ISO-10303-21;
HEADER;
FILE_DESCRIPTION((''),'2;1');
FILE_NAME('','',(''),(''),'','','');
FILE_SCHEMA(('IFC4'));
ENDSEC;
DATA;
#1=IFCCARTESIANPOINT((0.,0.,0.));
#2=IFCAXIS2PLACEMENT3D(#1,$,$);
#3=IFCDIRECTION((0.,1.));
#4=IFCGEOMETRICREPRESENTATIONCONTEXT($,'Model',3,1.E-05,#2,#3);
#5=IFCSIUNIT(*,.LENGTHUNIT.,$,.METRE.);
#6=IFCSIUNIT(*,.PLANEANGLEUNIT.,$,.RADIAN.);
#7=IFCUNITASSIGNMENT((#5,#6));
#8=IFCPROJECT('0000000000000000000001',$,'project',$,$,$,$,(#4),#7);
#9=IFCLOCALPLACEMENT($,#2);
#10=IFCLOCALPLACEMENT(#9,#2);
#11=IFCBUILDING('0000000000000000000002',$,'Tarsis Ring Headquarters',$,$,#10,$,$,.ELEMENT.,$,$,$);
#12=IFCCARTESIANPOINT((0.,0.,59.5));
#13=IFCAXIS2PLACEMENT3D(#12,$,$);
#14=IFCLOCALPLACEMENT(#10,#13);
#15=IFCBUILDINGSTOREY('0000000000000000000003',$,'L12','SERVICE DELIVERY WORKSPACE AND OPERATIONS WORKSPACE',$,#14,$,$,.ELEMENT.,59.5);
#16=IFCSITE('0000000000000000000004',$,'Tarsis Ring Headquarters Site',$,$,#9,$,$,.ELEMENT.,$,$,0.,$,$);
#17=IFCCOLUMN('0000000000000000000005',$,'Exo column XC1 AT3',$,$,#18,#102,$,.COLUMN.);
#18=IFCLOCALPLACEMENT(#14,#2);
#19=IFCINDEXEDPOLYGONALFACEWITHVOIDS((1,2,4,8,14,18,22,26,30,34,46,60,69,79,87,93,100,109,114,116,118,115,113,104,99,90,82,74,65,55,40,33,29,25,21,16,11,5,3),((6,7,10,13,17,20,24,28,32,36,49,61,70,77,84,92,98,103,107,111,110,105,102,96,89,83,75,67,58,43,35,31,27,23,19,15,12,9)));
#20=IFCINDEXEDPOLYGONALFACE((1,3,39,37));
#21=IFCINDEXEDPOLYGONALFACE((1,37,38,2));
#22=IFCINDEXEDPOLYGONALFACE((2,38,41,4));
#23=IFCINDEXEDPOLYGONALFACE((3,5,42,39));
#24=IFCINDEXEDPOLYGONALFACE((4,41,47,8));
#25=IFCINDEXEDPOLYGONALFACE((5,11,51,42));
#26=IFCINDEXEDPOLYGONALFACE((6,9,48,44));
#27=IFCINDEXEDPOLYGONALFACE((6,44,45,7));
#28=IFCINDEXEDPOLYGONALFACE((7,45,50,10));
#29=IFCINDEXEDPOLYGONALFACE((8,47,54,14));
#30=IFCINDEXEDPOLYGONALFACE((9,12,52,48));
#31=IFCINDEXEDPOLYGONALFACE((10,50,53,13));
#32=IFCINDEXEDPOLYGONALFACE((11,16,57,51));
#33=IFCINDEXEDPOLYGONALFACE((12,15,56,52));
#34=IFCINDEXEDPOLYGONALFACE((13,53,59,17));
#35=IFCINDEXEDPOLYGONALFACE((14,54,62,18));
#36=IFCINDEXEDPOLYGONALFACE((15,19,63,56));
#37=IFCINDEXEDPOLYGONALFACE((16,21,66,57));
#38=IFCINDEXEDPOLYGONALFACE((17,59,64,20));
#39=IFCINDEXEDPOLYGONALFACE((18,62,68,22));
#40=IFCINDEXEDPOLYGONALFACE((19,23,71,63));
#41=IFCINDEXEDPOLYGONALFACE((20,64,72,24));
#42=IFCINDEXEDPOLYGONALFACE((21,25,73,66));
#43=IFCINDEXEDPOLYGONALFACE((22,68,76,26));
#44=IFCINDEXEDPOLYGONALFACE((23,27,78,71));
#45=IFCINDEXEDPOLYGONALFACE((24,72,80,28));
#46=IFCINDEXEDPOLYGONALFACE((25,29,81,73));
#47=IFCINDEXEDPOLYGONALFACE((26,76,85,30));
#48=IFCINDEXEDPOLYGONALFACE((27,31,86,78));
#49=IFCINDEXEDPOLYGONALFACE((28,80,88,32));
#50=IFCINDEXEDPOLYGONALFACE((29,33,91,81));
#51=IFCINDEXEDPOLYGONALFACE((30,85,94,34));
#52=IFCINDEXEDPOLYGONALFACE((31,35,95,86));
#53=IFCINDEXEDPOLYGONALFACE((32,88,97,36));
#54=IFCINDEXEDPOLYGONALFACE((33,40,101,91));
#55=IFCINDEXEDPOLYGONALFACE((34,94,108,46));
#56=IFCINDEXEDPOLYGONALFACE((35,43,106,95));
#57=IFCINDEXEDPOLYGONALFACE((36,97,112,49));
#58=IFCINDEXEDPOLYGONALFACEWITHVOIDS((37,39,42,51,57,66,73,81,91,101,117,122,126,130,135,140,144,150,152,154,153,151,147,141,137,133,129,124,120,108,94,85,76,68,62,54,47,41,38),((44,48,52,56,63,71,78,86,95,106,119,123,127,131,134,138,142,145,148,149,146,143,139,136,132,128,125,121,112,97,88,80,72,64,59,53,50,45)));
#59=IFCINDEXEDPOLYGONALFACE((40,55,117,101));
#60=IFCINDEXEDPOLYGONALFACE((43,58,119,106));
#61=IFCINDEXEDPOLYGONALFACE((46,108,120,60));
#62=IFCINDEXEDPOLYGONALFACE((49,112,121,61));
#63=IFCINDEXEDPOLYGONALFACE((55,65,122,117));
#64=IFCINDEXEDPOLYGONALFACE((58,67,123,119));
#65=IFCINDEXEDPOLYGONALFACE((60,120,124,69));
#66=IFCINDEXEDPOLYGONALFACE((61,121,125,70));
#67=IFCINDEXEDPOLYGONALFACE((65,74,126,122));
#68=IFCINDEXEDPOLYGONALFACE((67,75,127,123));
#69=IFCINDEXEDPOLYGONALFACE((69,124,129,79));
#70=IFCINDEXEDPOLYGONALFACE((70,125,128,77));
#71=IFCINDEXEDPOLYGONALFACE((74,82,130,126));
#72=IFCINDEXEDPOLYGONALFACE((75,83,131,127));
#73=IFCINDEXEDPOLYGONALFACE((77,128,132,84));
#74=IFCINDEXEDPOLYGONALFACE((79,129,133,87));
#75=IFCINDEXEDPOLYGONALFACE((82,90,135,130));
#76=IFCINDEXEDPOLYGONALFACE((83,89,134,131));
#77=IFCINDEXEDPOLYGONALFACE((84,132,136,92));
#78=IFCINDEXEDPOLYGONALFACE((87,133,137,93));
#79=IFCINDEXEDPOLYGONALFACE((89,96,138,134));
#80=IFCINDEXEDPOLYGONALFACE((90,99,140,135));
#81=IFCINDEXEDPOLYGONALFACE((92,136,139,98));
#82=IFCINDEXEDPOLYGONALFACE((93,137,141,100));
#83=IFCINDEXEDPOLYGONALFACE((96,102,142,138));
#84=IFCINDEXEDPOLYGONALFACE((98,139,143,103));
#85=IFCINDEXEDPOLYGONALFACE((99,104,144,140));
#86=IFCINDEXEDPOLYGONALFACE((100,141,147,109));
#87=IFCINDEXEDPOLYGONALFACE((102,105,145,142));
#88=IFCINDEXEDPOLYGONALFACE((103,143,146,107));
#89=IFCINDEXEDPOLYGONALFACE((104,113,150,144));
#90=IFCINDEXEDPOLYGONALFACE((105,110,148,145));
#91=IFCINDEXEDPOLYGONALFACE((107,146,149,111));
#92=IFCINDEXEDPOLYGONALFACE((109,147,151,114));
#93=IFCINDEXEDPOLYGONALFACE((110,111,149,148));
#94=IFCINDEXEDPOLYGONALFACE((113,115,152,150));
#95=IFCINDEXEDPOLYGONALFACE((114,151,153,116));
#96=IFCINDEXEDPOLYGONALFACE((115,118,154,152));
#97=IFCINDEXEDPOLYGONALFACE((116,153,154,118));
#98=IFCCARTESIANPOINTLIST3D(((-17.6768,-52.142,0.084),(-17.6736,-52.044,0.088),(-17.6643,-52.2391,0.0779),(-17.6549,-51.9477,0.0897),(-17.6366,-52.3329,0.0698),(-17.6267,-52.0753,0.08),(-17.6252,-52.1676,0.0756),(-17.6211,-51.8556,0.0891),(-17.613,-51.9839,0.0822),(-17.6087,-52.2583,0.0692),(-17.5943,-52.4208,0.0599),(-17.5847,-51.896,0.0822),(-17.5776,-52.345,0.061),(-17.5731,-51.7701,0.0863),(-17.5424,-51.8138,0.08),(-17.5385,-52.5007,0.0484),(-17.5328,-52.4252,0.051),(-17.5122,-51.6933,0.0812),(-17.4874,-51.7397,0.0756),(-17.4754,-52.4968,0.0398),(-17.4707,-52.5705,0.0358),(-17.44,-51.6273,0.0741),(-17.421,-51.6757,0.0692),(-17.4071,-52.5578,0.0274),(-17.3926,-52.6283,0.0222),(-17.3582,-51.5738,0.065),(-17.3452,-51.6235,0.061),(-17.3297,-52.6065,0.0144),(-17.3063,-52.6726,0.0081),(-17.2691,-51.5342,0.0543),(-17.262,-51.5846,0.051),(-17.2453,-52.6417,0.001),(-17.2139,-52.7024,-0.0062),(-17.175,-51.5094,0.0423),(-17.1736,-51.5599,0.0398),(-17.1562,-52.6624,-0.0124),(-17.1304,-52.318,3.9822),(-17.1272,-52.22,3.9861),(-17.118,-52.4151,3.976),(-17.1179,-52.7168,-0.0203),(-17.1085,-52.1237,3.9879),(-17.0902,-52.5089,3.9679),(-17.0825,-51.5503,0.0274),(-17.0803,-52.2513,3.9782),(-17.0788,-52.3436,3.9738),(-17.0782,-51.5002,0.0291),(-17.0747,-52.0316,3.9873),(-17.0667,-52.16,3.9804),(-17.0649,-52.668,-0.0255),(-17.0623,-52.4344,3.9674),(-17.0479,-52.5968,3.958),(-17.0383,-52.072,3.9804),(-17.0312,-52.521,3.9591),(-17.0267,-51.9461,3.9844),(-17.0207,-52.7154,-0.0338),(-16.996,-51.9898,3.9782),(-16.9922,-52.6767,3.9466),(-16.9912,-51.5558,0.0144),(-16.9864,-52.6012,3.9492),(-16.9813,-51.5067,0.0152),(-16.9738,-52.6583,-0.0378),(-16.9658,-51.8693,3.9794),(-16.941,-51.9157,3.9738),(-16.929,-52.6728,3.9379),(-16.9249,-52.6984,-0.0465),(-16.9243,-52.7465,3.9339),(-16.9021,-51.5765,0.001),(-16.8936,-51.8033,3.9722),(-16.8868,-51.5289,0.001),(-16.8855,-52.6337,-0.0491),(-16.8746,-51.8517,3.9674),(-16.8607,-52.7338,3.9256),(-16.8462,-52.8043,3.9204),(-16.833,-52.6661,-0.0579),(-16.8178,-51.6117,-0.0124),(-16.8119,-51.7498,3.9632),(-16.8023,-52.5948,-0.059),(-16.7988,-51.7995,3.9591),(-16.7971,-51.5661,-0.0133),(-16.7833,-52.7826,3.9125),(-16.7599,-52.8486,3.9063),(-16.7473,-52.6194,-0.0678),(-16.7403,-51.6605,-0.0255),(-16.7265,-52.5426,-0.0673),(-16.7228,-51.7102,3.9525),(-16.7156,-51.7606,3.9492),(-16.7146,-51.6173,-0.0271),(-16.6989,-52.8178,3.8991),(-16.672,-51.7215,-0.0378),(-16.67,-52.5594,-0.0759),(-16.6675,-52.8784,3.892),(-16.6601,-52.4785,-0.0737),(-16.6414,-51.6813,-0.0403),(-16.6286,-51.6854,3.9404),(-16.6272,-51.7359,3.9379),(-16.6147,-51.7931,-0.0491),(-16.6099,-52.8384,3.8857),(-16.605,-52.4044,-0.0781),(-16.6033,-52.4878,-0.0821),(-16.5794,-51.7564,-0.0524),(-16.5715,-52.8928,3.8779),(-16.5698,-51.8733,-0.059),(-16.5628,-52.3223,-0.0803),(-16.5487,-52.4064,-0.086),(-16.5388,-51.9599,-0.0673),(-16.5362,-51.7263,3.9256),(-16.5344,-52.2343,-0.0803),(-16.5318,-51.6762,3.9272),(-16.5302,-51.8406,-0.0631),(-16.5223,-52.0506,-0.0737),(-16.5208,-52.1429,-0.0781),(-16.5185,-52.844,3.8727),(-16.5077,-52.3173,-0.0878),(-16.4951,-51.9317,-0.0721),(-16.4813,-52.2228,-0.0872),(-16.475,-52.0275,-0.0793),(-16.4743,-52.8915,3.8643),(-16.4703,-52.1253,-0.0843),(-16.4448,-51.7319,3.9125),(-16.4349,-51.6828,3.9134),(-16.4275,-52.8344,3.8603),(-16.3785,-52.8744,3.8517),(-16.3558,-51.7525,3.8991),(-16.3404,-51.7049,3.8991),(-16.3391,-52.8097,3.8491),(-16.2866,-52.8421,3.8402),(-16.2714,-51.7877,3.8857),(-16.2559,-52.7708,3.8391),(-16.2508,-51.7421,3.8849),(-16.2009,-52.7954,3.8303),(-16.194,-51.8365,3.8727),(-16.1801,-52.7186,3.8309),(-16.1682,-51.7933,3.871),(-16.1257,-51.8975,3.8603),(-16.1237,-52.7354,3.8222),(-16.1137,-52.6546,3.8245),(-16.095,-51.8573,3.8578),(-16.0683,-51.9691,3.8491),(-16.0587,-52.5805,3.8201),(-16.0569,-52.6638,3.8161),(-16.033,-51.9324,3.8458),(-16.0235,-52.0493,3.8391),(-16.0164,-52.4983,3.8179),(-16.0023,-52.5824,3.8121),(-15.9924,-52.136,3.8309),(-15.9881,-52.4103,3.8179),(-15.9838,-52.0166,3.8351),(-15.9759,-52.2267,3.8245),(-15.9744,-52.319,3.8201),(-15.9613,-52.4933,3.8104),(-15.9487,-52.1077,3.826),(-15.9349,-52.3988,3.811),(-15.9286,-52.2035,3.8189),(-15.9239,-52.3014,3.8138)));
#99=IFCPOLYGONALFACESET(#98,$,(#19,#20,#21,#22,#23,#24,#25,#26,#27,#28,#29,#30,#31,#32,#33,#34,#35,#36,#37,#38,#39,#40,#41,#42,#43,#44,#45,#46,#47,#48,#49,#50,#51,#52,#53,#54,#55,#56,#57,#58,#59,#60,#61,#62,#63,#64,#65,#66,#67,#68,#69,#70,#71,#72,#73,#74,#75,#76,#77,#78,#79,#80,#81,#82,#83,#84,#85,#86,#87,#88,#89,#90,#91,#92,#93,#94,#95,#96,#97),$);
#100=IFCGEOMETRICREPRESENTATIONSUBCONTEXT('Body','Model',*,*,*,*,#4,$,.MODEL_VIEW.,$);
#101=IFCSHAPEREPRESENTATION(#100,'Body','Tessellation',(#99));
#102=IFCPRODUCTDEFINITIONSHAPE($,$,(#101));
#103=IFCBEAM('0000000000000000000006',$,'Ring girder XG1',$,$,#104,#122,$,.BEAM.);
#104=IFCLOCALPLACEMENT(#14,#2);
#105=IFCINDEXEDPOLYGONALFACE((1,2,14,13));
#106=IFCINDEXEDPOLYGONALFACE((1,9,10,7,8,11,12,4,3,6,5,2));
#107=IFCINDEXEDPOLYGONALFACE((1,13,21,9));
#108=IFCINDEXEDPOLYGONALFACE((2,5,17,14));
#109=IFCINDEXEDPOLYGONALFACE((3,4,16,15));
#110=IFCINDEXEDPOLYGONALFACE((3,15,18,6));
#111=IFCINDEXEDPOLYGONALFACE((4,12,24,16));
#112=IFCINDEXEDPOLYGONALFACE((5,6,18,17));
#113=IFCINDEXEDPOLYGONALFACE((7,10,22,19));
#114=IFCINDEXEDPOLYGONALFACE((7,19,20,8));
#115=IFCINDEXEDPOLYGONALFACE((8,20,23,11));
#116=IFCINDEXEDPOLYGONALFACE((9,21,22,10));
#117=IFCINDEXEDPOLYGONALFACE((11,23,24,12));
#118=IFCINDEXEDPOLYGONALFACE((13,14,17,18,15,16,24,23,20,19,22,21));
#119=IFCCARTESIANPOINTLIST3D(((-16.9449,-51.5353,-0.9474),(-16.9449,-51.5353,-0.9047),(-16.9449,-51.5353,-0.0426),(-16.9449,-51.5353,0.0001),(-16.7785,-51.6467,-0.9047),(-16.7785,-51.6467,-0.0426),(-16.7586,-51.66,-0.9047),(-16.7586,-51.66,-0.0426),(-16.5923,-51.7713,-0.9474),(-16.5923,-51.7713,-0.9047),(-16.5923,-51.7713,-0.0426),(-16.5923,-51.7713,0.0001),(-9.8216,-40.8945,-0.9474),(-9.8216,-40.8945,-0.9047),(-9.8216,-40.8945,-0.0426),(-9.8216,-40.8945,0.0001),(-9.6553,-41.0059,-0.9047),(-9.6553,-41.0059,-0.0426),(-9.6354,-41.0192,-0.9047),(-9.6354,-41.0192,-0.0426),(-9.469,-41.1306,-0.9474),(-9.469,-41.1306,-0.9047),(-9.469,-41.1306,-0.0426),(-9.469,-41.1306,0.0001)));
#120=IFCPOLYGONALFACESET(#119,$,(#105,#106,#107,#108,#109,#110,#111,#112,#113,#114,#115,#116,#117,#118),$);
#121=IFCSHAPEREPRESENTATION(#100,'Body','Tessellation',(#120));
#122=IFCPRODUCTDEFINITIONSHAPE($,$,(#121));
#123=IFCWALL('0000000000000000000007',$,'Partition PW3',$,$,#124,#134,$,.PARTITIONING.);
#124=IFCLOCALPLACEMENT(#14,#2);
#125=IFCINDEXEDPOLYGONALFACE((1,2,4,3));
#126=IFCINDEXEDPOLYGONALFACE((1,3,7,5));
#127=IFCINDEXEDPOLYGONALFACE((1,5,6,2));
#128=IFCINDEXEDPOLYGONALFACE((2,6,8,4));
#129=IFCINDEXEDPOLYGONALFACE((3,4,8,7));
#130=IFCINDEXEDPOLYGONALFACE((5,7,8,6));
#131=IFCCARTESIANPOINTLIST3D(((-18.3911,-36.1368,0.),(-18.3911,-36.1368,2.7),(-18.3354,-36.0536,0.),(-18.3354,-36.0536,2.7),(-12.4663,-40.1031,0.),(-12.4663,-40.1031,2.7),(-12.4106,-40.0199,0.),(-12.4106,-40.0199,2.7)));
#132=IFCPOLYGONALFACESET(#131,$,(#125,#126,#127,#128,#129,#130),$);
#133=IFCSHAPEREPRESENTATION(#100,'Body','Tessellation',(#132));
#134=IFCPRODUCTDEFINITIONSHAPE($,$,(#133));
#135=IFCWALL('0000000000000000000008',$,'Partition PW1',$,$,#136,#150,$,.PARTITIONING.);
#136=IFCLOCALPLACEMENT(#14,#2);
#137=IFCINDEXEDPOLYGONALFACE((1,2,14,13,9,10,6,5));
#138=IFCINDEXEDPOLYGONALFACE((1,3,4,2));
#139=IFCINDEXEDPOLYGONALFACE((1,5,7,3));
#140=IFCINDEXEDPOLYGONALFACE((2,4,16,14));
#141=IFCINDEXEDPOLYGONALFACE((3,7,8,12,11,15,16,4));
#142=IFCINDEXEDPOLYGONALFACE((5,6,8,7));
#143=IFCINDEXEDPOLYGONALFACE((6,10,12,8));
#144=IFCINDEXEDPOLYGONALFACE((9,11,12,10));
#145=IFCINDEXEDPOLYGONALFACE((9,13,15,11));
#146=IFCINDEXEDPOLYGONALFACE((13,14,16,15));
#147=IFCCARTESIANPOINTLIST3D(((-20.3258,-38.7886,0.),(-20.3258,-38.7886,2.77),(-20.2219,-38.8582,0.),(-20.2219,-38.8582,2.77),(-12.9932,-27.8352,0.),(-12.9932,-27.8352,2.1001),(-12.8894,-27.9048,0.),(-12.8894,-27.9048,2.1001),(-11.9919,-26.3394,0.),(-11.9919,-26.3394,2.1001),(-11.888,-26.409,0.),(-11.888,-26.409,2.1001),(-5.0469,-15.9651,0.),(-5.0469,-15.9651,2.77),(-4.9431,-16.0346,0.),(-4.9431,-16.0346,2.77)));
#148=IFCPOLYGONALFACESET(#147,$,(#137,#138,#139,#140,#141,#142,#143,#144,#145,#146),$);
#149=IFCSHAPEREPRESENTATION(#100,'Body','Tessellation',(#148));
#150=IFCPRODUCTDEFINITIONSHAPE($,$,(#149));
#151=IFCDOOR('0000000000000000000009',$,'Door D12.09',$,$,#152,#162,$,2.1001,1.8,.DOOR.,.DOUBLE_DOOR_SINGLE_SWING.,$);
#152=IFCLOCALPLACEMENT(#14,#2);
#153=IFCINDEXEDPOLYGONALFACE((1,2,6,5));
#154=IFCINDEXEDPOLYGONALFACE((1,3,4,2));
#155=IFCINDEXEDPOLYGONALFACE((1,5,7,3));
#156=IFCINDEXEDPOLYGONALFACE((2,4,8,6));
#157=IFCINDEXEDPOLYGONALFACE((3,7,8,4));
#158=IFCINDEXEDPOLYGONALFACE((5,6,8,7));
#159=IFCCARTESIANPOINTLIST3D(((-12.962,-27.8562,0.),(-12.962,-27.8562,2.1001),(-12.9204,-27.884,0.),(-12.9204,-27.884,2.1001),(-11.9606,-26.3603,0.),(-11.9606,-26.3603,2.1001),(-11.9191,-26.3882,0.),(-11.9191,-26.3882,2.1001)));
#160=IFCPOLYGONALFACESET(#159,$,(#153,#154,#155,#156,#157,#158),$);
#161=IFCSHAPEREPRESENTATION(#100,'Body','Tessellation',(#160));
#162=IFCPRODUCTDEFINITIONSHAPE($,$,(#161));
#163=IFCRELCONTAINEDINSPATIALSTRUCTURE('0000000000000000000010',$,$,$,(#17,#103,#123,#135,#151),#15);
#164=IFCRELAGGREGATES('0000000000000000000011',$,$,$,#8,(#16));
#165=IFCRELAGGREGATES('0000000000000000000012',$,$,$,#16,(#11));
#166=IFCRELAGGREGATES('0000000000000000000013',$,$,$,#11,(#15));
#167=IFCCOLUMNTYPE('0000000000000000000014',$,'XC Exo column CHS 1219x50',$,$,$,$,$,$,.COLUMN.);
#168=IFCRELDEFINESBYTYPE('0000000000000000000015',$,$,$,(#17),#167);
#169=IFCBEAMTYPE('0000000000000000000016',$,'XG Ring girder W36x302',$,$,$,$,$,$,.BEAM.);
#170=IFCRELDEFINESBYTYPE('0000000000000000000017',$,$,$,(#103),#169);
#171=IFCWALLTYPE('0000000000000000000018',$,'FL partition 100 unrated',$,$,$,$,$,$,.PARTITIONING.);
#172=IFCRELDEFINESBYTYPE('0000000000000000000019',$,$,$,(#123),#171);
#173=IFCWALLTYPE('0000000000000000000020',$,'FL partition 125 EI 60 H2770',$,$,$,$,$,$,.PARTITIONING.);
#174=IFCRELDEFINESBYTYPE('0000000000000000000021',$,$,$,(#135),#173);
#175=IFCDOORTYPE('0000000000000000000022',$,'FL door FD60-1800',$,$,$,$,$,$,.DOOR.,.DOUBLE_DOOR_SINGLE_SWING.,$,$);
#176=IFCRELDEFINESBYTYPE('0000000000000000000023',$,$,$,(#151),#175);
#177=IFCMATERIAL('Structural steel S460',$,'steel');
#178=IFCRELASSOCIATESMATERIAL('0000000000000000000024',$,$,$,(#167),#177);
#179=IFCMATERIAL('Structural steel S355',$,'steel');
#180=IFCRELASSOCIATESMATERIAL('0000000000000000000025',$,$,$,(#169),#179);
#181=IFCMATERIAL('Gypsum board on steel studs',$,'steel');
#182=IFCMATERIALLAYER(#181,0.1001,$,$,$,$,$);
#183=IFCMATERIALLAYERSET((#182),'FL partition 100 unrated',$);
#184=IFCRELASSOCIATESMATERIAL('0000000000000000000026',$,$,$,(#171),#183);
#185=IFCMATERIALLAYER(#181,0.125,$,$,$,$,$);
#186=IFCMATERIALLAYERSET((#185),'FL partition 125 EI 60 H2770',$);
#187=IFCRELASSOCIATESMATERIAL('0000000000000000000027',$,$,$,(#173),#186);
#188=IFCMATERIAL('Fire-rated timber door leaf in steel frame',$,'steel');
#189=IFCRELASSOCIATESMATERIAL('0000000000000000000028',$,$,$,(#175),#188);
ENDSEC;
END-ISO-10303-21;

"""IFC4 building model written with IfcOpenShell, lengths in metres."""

from ifc_helpers import new_model, si_unit, direction, frame, frame_2d, origin, origin_2d, place, context, subcontext, project, spatial, rectangle, hollow_circle, i_section, extrude, material, layer, layer_set, material_profile, profile_set, type_object, element, fill, save


model = new_model("IFC4")

# Units and contexts
model_context = context("Model", 3, precision=1e-05, world=origin(), true_north=direction((0.0, 1.0)))
body_context = subcontext(model_context, "Body", "Model", "MODEL_VIEW")
ifc_project = project(units=[si_unit("LENGTHUNIT", "METRE"), si_unit("PLANEANGLEUNIT", "RADIAN")], contexts=[model_context])

# Site, building, storey
site_placement = place(None, origin())
site = spatial("IfcSite", under=ifc_project, at=site_placement, Name="Tarsis Ring Headquarters Site", CompositionType="ELEMENT", RefElevation=0.0)
building_placement = place(site_placement, origin())
building = spatial("IfcBuilding", under=site, at=building_placement, Name="Tarsis Ring Headquarters", CompositionType="ELEMENT")
storey_placement = place(building_placement, frame((0.0, 0.0, 59.5)))
storey = spatial("IfcBuildingStorey", under=building, at=storey_placement, Name="L12", Description="SERVICE DELIVERY WORKSPACE AND OPERATIONS WORKSPACE", CompositionType="ELEMENT", Elevation=59.5)

# Column
ifc_material_1 = material(Name="Structural steel S460", Category="steel")
ifc_material_profile_1 = material_profile(ifc_material_1, hollow_circle(Radius=0.6096, WallThickness=0.05, at=origin_2d()), Name="CHS 1219x50")
ifc_profile_set_1 = profile_set([ifc_material_profile_1], Name="Structural steel S460")
column_type = type_object("IfcColumnType", Name="XC Exo column CHS 1219x50", PredefinedType="COLUMN", material=ifc_profile_set_1)
column_placement = place(storey_placement, frame((-17.0737, -52.1091, 0.001), z_axis=(0.138669, -0.044674, 0.989331), x_axis=(0.306642, 0.951825, 0.0)))
element("IfcColumn", 1, at=column_placement, inside=storey, type_object=column_type, Name="Exo column XC1 AT3", PredefinedType="COLUMN", context=body_context, shape_type="SweptSolid", body=[
    extrude(hollow_circle(Radius=0.6096, WallThickness=0.05, at=origin_2d()), origin(), (0.0, 0.0, 1.0), 3.9402),
])

# Beam
ifc_material_2 = material(Name="Structural steel S355", Category="steel")
ifc_material_profile_2 = material_profile(ifc_material_2, i_section(OverallWidth=0.4243, OverallDepth=0.9475, WebThickness=0.0239, FlangeThickness=0.0427, at=origin_2d()), Name="W36x302")
ifc_profile_set_2 = profile_set([ifc_material_profile_2], Name="Structural steel S355")
beam_type = type_object("IfcBeamType", Name="XG Ring girder W36x302", PredefinedType="BEAM", material=ifc_profile_set_2)
beam_placement = place(storey_placement, frame((-16.7686, -51.6533, -0.4736), z_axis=(0.556288, 0.83099, 0.0), x_axis=(-0.83099, 0.556288, 0.0)))
element("IfcBeam", 2, at=beam_placement, inside=storey, type_object=beam_type, Name="Ring girder XG1", PredefinedType="BEAM", context=body_context, shape_type="SweptSolid", body=[
    extrude(i_section(OverallWidth=0.4243, OverallDepth=0.9475, WebThickness=0.0239, FlangeThickness=0.0427, at=origin_2d()), origin(), (0.0, 0.0, 1.0), 12.8049),
])

# Wall
ifc_material_3 = material(Name="Gypsum board on steel studs", Category="steel")
ifc_layer_1 = layer(ifc_material_3, 0.1001)
ifc_layer_set_1 = layer_set([ifc_layer_1], Name="FL partition 100 unrated")
wall_type_1 = type_object("IfcWallType", Name="FL partition 100 unrated", PredefinedType="PARTITIONING", material=ifc_layer_set_1)
wall_1_placement = place(storey_placement, frame((-18.3633, -36.0952, 0.0), z_axis=(0.0, 0.0, 1.0), x_axis=(0.830985, -0.556295, 0.0)))
element("IfcWall", 3, at=wall_1_placement, inside=storey, type_object=wall_type_1, Name="Partition PW3", PredefinedType="PARTITIONING", context=body_context, shape_type="SweptSolid", body=[
    extrude(rectangle(XDim=7.1299, YDim=0.1001, at=frame_2d((3.5649, 0.0))), origin(), (0.0, 0.0, 1.0), 2.7),
])

# Wall, opening, door
ifc_layer_2 = layer(ifc_material_3, 0.125)
ifc_layer_set_2 = layer_set([ifc_layer_2], Name="FL partition 125 EI 60 H2770")
wall_type_2 = type_object("IfcWallType", Name="FL partition 125 EI 60 H2770", PredefinedType="PARTITIONING", material=ifc_layer_set_2)
wall_2_placement = place(storey_placement, frame((-20.2739, -38.8235, 0.0), z_axis=(0.0, 0.0, 1.0), x_axis=(0.556291, 0.830988, 0.0)))
wall_2 = element("IfcWall", 4, at=wall_2_placement, inside=storey, type_object=wall_type_2, Name="Partition PW1", PredefinedType="PARTITIONING", context=body_context, shape_type="SweptSolid", body=[
    extrude(rectangle(XDim=27.4656, YDim=0.125, at=frame_2d((13.7329, 0.0))), origin(), (0.0, 0.0, 1.0), 2.77),
])
opening_1_placement = place(wall_2_placement, frame((13.1814, 0.0, 0.0)))
opening_1 = element("IfcOpeningElement", 5, at=opening_1_placement, cuts=wall_2, PredefinedType="OPENING", context=body_context, shape_type="SweptSolid", body=[
    extrude(rectangle(XDim=1.8, YDim=2.1001, at=frame_2d((0.8999, 1.05))), frame((0.0, 0.0725, 0.0), z_axis=(0.0, -1.0, 0.0), x_axis=(1.0, 0.0, 0.0)), (0.0, 0.0, 1.0), 0.145),
])
ifc_material_4 = material(Name="Fire-rated timber door leaf in steel frame", Category="steel")
door_type_1 = type_object("IfcDoorType", Name="FL door FD60-1800", OperationType="DOUBLE_DOOR_SINGLE_SWING", PredefinedType="DOOR", material=ifc_material_4)
door_1_placement = place(opening_1_placement, origin())
door_1 = element("IfcDoor", 6, at=door_1_placement, inside=storey, type_object=door_type_1, Name="Door D12.09", OperationType="DOUBLE_DOOR_SINGLE_SWING", OverallHeight=2.1001, OverallWidth=1.8, PredefinedType="DOOR", context=body_context, shape_type="SweptSolid", body=[
    extrude(rectangle(XDim=1.8, YDim=2.1001, at=frame_2d((0.8999, 1.05))), frame((0.0, 0.0249, 0.0), z_axis=(0.0, -1.0, 0.0), x_axis=(1.0, 0.0, 0.0)), (0.0, 0.0, 1.0), 0.05),
])
fill(opening_1, door_1)

save(model, "model.ifc")
